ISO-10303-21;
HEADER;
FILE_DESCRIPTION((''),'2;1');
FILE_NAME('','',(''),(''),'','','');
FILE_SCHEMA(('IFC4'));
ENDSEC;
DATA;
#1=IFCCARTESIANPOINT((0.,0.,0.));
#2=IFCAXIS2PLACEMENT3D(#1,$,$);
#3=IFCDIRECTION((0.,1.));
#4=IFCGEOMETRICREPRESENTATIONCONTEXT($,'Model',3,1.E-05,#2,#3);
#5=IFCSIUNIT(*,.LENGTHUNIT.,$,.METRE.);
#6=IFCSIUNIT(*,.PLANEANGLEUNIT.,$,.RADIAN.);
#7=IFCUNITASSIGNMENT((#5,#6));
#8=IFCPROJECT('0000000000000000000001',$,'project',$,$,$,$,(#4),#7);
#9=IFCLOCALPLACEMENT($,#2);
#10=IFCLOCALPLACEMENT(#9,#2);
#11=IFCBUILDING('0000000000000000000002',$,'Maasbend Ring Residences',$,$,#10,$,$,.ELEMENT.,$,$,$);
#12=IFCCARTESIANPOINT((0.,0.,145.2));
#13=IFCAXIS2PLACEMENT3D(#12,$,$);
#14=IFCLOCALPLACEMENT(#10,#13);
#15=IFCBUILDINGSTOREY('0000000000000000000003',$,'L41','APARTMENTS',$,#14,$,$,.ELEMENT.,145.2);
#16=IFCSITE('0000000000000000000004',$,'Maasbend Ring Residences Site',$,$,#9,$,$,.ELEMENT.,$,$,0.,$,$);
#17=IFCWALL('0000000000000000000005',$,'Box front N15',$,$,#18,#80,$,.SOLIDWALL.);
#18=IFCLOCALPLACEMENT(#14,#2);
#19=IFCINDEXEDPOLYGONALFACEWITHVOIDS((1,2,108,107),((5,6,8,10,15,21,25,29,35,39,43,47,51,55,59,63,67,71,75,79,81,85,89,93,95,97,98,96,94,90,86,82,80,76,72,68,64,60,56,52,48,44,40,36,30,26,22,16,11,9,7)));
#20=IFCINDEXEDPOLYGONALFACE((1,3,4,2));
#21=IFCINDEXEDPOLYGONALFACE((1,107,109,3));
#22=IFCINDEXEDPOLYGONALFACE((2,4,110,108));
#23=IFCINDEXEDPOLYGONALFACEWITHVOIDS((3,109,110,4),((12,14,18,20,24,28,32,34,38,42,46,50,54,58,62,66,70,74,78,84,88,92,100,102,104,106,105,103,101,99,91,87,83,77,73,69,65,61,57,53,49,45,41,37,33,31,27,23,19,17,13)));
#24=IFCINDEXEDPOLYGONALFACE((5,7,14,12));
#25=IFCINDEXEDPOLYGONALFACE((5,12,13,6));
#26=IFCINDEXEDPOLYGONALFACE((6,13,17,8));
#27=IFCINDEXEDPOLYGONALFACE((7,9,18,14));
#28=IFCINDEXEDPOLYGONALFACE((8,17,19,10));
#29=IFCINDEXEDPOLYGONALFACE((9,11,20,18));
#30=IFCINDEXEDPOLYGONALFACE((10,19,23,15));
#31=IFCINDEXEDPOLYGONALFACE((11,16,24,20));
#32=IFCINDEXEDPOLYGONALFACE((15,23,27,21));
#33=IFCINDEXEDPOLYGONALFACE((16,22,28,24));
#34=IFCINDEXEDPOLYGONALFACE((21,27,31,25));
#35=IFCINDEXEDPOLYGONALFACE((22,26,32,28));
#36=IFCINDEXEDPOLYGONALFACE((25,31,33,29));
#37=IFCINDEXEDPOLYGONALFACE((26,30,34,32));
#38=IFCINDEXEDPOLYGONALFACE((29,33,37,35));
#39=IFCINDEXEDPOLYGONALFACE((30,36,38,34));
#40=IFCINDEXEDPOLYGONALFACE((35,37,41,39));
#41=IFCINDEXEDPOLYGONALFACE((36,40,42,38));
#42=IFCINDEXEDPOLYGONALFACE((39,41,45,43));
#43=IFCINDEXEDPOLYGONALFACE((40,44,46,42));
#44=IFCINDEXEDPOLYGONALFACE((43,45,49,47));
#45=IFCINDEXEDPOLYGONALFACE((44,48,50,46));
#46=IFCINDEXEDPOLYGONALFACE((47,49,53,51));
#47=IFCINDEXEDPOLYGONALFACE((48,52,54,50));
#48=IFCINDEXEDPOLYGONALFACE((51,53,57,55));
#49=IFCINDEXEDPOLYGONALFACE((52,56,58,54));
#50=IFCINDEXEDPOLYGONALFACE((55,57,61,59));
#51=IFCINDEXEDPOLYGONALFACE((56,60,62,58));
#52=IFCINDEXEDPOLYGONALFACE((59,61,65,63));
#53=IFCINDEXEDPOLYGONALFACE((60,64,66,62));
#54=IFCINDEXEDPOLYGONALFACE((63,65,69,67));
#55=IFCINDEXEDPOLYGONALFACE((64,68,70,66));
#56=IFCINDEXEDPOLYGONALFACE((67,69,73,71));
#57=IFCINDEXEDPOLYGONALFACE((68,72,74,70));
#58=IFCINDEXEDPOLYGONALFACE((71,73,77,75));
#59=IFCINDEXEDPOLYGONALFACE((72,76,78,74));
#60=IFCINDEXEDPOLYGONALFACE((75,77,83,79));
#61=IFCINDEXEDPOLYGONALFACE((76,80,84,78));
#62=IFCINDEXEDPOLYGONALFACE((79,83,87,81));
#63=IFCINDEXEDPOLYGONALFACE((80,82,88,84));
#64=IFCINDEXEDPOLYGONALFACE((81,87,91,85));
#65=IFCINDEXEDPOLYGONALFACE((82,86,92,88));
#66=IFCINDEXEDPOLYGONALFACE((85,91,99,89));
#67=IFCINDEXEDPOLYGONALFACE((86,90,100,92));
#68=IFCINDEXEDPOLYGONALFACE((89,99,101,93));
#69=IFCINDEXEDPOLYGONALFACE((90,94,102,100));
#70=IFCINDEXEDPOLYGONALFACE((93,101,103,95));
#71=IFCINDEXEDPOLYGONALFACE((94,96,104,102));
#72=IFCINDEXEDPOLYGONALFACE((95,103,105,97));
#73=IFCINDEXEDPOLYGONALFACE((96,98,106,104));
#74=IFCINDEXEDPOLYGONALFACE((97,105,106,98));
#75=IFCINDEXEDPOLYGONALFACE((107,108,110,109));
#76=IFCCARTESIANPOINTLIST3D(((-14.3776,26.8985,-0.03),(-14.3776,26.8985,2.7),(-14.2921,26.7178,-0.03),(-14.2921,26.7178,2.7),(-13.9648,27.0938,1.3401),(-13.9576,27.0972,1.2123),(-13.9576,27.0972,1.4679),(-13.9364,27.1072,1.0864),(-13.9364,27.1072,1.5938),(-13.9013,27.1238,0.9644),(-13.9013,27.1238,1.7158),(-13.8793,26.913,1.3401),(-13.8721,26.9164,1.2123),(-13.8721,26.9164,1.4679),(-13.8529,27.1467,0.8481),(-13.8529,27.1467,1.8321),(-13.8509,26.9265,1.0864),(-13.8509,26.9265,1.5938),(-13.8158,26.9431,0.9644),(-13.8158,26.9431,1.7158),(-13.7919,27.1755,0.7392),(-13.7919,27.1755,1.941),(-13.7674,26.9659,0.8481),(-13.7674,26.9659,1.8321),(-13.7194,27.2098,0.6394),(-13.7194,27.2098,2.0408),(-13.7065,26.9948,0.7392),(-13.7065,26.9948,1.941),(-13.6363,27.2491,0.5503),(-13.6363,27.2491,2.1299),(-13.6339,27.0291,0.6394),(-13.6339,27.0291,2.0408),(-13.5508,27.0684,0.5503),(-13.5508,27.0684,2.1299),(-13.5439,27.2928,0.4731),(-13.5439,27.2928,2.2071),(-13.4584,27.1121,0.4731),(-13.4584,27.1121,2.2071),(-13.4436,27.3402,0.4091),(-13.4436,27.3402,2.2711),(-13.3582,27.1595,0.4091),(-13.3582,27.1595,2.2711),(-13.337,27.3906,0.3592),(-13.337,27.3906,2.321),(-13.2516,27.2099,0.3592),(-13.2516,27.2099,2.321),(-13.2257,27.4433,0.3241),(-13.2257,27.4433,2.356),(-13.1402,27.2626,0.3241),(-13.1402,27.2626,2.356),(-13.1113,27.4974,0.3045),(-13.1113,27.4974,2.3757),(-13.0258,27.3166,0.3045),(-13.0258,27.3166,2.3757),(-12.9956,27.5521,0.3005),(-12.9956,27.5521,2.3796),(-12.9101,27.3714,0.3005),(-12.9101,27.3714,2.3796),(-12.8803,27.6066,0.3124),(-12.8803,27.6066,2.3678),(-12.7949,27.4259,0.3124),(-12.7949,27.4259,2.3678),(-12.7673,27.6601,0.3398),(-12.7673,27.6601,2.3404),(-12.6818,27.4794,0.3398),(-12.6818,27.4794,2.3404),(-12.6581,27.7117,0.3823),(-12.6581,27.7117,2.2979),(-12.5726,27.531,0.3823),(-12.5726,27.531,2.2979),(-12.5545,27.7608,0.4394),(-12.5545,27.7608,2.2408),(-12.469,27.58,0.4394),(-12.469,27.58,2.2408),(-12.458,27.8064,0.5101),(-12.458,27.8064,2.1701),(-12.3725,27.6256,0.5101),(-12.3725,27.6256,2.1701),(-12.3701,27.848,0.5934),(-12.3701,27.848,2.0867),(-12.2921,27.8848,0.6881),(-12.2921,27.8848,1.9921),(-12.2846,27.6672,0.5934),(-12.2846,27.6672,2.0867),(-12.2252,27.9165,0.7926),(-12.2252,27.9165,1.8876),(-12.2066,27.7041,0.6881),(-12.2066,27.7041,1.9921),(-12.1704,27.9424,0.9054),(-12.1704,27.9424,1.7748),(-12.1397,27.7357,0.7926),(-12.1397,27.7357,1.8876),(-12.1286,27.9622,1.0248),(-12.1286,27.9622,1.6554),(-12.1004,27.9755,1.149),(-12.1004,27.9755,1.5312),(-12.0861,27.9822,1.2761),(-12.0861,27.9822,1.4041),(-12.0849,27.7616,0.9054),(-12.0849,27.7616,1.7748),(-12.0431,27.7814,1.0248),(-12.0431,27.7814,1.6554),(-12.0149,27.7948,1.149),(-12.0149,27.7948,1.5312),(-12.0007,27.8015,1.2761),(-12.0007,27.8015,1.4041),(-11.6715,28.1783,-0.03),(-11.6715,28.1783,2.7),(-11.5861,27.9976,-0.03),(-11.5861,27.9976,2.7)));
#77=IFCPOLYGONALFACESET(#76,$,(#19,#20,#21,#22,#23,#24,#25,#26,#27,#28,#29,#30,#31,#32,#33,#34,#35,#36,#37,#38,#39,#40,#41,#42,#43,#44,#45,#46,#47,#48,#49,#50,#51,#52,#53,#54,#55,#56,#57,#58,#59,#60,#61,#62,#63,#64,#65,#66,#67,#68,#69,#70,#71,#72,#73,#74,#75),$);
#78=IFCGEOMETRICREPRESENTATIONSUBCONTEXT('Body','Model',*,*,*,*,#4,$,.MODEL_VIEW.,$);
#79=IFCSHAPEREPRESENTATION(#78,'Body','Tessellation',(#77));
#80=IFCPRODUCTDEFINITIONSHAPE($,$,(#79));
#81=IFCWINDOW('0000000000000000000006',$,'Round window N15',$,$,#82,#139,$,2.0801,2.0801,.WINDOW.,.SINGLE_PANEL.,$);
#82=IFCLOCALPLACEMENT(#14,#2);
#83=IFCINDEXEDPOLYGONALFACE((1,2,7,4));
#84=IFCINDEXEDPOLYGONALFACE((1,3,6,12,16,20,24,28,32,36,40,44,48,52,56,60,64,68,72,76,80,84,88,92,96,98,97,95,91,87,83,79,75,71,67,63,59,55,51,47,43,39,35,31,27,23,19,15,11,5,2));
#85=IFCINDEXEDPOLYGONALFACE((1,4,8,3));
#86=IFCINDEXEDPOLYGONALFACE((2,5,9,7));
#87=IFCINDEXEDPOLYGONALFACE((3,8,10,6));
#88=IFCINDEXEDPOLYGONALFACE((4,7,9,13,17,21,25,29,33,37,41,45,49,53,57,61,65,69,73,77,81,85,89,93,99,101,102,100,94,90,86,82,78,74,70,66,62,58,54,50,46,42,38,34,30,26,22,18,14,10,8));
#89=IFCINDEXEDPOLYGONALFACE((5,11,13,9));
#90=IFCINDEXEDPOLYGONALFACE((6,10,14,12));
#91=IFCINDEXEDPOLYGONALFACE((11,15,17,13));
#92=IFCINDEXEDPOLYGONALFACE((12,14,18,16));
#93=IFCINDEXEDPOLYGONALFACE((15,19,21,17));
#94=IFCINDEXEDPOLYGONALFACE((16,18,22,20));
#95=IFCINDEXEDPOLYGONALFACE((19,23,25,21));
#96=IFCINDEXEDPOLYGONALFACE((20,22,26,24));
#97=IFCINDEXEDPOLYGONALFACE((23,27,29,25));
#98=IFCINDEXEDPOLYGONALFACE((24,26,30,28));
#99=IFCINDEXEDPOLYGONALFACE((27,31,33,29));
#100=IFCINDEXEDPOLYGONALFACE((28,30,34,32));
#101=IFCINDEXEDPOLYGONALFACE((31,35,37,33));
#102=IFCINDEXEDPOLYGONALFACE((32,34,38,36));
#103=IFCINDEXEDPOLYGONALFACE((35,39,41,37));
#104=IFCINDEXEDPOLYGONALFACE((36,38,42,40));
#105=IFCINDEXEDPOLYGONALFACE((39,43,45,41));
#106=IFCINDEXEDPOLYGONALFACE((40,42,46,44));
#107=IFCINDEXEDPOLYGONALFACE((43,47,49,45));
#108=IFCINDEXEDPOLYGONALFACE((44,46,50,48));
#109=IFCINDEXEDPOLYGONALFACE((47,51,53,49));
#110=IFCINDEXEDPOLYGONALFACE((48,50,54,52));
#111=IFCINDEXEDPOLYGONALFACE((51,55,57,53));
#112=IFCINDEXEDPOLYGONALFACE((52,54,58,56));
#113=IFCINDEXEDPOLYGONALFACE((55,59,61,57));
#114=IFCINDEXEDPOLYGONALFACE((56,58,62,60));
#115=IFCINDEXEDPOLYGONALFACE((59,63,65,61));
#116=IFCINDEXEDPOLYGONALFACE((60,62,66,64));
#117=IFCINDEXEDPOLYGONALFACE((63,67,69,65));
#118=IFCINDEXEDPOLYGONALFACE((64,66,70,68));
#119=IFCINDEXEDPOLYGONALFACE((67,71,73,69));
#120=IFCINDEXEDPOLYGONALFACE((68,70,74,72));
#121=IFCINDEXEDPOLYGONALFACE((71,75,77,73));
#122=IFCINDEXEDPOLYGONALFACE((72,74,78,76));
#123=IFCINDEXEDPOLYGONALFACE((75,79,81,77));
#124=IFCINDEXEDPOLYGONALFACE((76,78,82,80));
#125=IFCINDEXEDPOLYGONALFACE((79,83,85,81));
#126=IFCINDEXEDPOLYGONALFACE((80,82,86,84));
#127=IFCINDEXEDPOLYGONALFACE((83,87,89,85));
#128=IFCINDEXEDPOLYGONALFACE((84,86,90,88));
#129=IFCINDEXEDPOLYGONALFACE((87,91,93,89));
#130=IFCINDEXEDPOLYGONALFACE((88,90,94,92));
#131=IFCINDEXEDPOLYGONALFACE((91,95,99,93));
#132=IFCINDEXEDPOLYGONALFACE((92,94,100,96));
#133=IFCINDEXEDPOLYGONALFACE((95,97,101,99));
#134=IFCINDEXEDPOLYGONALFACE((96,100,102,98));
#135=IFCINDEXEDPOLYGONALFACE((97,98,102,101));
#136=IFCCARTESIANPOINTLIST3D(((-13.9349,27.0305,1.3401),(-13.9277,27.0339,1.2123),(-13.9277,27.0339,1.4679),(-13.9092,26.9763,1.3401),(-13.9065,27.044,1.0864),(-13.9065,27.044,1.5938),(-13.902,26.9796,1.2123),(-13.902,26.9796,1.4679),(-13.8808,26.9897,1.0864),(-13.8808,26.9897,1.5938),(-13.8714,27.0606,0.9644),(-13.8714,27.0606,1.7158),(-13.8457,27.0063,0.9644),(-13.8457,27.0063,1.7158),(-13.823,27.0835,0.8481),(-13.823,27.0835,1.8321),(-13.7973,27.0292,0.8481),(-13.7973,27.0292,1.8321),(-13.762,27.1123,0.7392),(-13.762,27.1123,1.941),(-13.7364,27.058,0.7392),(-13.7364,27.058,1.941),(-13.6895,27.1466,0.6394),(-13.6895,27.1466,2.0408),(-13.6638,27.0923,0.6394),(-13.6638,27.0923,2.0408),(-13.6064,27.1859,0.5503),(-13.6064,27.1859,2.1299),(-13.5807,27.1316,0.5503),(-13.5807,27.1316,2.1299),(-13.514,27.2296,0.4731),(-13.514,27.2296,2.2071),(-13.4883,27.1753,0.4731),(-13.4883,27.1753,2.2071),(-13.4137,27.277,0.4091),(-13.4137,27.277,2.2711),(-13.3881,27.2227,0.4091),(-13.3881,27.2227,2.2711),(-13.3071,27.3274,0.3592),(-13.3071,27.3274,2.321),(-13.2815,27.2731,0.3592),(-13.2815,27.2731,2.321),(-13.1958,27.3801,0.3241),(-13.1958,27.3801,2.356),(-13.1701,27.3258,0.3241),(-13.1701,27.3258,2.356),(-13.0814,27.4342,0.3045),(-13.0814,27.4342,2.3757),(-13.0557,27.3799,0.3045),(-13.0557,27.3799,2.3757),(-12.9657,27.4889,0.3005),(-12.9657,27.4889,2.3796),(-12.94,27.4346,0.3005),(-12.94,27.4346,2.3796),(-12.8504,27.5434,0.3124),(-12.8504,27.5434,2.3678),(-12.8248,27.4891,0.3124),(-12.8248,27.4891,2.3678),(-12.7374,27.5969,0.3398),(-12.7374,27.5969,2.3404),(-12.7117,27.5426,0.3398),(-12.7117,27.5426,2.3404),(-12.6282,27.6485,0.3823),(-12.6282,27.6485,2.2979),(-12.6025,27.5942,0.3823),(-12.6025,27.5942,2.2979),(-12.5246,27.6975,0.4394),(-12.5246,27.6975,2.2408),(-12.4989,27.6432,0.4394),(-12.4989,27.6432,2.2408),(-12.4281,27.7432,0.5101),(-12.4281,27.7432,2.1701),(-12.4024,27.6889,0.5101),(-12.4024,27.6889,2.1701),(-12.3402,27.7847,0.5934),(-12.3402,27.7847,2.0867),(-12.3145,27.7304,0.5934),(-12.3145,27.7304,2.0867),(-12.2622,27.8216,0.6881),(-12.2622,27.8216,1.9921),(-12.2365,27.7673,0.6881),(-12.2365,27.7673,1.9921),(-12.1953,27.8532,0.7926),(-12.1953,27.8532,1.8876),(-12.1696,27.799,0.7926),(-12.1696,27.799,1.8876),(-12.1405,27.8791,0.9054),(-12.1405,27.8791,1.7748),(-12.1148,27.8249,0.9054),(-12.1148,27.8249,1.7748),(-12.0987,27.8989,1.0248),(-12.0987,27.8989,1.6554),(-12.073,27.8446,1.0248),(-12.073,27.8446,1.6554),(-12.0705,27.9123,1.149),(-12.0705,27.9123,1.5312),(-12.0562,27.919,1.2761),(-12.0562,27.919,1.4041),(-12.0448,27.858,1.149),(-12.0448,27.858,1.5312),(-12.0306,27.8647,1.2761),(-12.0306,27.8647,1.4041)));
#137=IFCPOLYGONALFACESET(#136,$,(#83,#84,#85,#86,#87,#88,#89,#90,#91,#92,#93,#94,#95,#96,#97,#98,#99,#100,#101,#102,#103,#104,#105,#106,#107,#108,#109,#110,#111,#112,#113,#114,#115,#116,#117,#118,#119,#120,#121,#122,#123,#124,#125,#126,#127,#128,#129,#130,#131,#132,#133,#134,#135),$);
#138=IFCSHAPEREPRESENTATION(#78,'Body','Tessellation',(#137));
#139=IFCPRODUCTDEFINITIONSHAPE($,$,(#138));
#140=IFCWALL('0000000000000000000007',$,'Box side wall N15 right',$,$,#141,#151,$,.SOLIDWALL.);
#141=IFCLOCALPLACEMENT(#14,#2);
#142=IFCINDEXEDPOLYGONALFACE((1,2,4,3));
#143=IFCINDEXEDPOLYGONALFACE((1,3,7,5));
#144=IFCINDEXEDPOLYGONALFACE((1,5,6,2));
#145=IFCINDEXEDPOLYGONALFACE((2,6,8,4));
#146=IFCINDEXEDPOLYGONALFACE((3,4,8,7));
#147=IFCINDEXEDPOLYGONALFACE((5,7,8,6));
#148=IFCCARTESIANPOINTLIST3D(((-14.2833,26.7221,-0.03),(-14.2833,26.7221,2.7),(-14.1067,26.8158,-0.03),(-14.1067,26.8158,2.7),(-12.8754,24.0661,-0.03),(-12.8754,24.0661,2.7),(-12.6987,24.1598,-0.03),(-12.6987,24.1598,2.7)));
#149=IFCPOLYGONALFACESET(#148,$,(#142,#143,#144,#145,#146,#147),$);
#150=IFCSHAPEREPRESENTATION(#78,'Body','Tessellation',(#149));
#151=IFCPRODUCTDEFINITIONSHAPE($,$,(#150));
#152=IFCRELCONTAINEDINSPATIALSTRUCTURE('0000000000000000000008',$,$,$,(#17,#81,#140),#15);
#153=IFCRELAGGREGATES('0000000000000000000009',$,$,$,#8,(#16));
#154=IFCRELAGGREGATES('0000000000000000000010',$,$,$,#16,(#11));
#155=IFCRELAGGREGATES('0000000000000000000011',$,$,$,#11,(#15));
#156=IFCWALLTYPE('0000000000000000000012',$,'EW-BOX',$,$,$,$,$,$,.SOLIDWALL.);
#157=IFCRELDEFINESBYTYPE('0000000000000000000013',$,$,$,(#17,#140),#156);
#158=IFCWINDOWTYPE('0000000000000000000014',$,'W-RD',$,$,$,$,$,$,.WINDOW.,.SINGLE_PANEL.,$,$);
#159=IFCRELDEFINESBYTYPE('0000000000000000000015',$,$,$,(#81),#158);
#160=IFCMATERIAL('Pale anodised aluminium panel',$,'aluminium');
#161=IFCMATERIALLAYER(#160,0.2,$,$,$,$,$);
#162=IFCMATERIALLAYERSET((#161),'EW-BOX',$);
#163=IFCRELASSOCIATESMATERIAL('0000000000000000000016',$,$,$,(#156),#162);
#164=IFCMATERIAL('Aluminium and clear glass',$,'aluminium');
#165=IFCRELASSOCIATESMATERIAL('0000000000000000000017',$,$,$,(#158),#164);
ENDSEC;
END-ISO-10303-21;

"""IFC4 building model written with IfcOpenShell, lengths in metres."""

from ifc_helpers import new_model, si_unit, direction, frame, frame_2d, origin, place, context, subcontext, project, spatial, rectangle, circle, extrude, material, layer, layer_set, type_object, element, fill, save


model = new_model("IFC4")

# Units and contexts
model_context = context("Model", 3, precision=1e-05, world=origin(), true_north=direction((0.0, 1.0)))
body_context = subcontext(model_context, "Body", "Model", "MODEL_VIEW")
ifc_project = project(units=[si_unit("LENGTHUNIT", "METRE"), si_unit("PLANEANGLEUNIT", "RADIAN")], contexts=[model_context])

# Site, building, storey
site_placement = place(None, origin())
site = spatial("IfcSite", under=ifc_project, at=site_placement, Name="Maasbend Ring Residences Site", CompositionType="ELEMENT", RefElevation=0.0)
building_placement = place(site_placement, origin())
building = spatial("IfcBuilding", under=site, at=building_placement, Name="Maasbend Ring Residences", CompositionType="ELEMENT")
storey_placement = place(building_placement, frame((0.0, 0.0, 145.2)))
storey = spatial("IfcBuildingStorey", under=building, at=storey_placement, Name="L41", Description="APARTMENTS", CompositionType="ELEMENT", Elevation=145.2)

# Wall, opening, window
ifc_material_1 = material(Name="Pale anodised aluminium panel", Category="aluminium")
ifc_layer_1 = layer(ifc_material_1, 0.2)
ifc_layer_set_1 = layer_set([ifc_layer_1], Name="EW-BOX")
wall_type_1 = type_object("IfcWallType", Name="EW-BOX", PredefinedType="SOLIDWALL", material=ifc_layer_set_1)
wall_1_placement = place(storey_placement, frame((-11.6289, 28.0879, -0.03), z_axis=(0.0, 0.0, 1.0), x_axis=(-0.904, -0.427532, 0.0)))
wall_1 = element("IfcWall", 1, at=wall_1_placement, inside=storey, type_object=wall_type_1, Name="Box front N15", PredefinedType="SOLIDWALL", context=body_context, shape_type="SweptSolid", body=[
    extrude(rectangle(XDim=2.9934, YDim=0.2, at=frame_2d((1.4966, 0.0))), origin(), (0.0, 0.0, 1.0), 2.73),
])
opening_1_placement = place(wall_1_placement, frame((0.4565, 0.0, 0.3301)))
opening_1 = element("IfcOpeningElement", 2, at=opening_1_placement, cuts=wall_1, PredefinedType="OPENING", context=body_context, shape_type="SweptSolid", body=[
    extrude(circle(Radius=1.04, at=frame_2d((1.04, 1.04))), frame((0.0, 0.1099, 0.0), z_axis=(0.0, -1.0, 0.0), x_axis=(1.0, 0.0, 0.0)), (0.0, 0.0, 1.0), 0.22),
])
ifc_material_2 = material(Name="Aluminium and clear glass", Category="aluminium")
window_type_1 = type_object("IfcWindowType", Name="W-RD", PartitioningType="SINGLE_PANEL", PredefinedType="WINDOW", material=ifc_material_2)
window_1_placement = place(opening_1_placement, origin())
window_1 = element("IfcWindow", 3, at=window_1_placement, inside=storey, type_object=window_type_1, Name="Round window N15", OverallHeight=2.0801, OverallWidth=2.0801, PartitioningType="SINGLE_PANEL", PredefinedType="WINDOW", context=body_context, shape_type="SweptSolid", body=[
    extrude(circle(Radius=1.04, at=frame_2d((1.04, 1.04))), frame((0.0, 0.03, 0.0), z_axis=(0.0, -1.0, 0.0), x_axis=(1.0, 0.0, 0.0)), (0.0, 0.0, 1.0), 0.0601),
])
fill(opening_1, window_1)

# Wall
wall_2_placement = place(storey_placement, frame((-12.7871, 24.113, -0.03), z_axis=(0.0, 0.0, 1.0), x_axis=(-0.468365, 0.883535, 0.0)))
element("IfcWall", 4, at=wall_2_placement, inside=storey, type_object=wall_type_1, Name="Box side wall N15 right", PredefinedType="SOLIDWALL", context=body_context, shape_type="SweptSolid", body=[
    extrude(rectangle(XDim=3.0061, YDim=0.2, at=frame_2d((1.5029, 0.0))), origin(), (0.0, 0.0, 1.0), 2.73),
])

save(model, "model.ifc")
